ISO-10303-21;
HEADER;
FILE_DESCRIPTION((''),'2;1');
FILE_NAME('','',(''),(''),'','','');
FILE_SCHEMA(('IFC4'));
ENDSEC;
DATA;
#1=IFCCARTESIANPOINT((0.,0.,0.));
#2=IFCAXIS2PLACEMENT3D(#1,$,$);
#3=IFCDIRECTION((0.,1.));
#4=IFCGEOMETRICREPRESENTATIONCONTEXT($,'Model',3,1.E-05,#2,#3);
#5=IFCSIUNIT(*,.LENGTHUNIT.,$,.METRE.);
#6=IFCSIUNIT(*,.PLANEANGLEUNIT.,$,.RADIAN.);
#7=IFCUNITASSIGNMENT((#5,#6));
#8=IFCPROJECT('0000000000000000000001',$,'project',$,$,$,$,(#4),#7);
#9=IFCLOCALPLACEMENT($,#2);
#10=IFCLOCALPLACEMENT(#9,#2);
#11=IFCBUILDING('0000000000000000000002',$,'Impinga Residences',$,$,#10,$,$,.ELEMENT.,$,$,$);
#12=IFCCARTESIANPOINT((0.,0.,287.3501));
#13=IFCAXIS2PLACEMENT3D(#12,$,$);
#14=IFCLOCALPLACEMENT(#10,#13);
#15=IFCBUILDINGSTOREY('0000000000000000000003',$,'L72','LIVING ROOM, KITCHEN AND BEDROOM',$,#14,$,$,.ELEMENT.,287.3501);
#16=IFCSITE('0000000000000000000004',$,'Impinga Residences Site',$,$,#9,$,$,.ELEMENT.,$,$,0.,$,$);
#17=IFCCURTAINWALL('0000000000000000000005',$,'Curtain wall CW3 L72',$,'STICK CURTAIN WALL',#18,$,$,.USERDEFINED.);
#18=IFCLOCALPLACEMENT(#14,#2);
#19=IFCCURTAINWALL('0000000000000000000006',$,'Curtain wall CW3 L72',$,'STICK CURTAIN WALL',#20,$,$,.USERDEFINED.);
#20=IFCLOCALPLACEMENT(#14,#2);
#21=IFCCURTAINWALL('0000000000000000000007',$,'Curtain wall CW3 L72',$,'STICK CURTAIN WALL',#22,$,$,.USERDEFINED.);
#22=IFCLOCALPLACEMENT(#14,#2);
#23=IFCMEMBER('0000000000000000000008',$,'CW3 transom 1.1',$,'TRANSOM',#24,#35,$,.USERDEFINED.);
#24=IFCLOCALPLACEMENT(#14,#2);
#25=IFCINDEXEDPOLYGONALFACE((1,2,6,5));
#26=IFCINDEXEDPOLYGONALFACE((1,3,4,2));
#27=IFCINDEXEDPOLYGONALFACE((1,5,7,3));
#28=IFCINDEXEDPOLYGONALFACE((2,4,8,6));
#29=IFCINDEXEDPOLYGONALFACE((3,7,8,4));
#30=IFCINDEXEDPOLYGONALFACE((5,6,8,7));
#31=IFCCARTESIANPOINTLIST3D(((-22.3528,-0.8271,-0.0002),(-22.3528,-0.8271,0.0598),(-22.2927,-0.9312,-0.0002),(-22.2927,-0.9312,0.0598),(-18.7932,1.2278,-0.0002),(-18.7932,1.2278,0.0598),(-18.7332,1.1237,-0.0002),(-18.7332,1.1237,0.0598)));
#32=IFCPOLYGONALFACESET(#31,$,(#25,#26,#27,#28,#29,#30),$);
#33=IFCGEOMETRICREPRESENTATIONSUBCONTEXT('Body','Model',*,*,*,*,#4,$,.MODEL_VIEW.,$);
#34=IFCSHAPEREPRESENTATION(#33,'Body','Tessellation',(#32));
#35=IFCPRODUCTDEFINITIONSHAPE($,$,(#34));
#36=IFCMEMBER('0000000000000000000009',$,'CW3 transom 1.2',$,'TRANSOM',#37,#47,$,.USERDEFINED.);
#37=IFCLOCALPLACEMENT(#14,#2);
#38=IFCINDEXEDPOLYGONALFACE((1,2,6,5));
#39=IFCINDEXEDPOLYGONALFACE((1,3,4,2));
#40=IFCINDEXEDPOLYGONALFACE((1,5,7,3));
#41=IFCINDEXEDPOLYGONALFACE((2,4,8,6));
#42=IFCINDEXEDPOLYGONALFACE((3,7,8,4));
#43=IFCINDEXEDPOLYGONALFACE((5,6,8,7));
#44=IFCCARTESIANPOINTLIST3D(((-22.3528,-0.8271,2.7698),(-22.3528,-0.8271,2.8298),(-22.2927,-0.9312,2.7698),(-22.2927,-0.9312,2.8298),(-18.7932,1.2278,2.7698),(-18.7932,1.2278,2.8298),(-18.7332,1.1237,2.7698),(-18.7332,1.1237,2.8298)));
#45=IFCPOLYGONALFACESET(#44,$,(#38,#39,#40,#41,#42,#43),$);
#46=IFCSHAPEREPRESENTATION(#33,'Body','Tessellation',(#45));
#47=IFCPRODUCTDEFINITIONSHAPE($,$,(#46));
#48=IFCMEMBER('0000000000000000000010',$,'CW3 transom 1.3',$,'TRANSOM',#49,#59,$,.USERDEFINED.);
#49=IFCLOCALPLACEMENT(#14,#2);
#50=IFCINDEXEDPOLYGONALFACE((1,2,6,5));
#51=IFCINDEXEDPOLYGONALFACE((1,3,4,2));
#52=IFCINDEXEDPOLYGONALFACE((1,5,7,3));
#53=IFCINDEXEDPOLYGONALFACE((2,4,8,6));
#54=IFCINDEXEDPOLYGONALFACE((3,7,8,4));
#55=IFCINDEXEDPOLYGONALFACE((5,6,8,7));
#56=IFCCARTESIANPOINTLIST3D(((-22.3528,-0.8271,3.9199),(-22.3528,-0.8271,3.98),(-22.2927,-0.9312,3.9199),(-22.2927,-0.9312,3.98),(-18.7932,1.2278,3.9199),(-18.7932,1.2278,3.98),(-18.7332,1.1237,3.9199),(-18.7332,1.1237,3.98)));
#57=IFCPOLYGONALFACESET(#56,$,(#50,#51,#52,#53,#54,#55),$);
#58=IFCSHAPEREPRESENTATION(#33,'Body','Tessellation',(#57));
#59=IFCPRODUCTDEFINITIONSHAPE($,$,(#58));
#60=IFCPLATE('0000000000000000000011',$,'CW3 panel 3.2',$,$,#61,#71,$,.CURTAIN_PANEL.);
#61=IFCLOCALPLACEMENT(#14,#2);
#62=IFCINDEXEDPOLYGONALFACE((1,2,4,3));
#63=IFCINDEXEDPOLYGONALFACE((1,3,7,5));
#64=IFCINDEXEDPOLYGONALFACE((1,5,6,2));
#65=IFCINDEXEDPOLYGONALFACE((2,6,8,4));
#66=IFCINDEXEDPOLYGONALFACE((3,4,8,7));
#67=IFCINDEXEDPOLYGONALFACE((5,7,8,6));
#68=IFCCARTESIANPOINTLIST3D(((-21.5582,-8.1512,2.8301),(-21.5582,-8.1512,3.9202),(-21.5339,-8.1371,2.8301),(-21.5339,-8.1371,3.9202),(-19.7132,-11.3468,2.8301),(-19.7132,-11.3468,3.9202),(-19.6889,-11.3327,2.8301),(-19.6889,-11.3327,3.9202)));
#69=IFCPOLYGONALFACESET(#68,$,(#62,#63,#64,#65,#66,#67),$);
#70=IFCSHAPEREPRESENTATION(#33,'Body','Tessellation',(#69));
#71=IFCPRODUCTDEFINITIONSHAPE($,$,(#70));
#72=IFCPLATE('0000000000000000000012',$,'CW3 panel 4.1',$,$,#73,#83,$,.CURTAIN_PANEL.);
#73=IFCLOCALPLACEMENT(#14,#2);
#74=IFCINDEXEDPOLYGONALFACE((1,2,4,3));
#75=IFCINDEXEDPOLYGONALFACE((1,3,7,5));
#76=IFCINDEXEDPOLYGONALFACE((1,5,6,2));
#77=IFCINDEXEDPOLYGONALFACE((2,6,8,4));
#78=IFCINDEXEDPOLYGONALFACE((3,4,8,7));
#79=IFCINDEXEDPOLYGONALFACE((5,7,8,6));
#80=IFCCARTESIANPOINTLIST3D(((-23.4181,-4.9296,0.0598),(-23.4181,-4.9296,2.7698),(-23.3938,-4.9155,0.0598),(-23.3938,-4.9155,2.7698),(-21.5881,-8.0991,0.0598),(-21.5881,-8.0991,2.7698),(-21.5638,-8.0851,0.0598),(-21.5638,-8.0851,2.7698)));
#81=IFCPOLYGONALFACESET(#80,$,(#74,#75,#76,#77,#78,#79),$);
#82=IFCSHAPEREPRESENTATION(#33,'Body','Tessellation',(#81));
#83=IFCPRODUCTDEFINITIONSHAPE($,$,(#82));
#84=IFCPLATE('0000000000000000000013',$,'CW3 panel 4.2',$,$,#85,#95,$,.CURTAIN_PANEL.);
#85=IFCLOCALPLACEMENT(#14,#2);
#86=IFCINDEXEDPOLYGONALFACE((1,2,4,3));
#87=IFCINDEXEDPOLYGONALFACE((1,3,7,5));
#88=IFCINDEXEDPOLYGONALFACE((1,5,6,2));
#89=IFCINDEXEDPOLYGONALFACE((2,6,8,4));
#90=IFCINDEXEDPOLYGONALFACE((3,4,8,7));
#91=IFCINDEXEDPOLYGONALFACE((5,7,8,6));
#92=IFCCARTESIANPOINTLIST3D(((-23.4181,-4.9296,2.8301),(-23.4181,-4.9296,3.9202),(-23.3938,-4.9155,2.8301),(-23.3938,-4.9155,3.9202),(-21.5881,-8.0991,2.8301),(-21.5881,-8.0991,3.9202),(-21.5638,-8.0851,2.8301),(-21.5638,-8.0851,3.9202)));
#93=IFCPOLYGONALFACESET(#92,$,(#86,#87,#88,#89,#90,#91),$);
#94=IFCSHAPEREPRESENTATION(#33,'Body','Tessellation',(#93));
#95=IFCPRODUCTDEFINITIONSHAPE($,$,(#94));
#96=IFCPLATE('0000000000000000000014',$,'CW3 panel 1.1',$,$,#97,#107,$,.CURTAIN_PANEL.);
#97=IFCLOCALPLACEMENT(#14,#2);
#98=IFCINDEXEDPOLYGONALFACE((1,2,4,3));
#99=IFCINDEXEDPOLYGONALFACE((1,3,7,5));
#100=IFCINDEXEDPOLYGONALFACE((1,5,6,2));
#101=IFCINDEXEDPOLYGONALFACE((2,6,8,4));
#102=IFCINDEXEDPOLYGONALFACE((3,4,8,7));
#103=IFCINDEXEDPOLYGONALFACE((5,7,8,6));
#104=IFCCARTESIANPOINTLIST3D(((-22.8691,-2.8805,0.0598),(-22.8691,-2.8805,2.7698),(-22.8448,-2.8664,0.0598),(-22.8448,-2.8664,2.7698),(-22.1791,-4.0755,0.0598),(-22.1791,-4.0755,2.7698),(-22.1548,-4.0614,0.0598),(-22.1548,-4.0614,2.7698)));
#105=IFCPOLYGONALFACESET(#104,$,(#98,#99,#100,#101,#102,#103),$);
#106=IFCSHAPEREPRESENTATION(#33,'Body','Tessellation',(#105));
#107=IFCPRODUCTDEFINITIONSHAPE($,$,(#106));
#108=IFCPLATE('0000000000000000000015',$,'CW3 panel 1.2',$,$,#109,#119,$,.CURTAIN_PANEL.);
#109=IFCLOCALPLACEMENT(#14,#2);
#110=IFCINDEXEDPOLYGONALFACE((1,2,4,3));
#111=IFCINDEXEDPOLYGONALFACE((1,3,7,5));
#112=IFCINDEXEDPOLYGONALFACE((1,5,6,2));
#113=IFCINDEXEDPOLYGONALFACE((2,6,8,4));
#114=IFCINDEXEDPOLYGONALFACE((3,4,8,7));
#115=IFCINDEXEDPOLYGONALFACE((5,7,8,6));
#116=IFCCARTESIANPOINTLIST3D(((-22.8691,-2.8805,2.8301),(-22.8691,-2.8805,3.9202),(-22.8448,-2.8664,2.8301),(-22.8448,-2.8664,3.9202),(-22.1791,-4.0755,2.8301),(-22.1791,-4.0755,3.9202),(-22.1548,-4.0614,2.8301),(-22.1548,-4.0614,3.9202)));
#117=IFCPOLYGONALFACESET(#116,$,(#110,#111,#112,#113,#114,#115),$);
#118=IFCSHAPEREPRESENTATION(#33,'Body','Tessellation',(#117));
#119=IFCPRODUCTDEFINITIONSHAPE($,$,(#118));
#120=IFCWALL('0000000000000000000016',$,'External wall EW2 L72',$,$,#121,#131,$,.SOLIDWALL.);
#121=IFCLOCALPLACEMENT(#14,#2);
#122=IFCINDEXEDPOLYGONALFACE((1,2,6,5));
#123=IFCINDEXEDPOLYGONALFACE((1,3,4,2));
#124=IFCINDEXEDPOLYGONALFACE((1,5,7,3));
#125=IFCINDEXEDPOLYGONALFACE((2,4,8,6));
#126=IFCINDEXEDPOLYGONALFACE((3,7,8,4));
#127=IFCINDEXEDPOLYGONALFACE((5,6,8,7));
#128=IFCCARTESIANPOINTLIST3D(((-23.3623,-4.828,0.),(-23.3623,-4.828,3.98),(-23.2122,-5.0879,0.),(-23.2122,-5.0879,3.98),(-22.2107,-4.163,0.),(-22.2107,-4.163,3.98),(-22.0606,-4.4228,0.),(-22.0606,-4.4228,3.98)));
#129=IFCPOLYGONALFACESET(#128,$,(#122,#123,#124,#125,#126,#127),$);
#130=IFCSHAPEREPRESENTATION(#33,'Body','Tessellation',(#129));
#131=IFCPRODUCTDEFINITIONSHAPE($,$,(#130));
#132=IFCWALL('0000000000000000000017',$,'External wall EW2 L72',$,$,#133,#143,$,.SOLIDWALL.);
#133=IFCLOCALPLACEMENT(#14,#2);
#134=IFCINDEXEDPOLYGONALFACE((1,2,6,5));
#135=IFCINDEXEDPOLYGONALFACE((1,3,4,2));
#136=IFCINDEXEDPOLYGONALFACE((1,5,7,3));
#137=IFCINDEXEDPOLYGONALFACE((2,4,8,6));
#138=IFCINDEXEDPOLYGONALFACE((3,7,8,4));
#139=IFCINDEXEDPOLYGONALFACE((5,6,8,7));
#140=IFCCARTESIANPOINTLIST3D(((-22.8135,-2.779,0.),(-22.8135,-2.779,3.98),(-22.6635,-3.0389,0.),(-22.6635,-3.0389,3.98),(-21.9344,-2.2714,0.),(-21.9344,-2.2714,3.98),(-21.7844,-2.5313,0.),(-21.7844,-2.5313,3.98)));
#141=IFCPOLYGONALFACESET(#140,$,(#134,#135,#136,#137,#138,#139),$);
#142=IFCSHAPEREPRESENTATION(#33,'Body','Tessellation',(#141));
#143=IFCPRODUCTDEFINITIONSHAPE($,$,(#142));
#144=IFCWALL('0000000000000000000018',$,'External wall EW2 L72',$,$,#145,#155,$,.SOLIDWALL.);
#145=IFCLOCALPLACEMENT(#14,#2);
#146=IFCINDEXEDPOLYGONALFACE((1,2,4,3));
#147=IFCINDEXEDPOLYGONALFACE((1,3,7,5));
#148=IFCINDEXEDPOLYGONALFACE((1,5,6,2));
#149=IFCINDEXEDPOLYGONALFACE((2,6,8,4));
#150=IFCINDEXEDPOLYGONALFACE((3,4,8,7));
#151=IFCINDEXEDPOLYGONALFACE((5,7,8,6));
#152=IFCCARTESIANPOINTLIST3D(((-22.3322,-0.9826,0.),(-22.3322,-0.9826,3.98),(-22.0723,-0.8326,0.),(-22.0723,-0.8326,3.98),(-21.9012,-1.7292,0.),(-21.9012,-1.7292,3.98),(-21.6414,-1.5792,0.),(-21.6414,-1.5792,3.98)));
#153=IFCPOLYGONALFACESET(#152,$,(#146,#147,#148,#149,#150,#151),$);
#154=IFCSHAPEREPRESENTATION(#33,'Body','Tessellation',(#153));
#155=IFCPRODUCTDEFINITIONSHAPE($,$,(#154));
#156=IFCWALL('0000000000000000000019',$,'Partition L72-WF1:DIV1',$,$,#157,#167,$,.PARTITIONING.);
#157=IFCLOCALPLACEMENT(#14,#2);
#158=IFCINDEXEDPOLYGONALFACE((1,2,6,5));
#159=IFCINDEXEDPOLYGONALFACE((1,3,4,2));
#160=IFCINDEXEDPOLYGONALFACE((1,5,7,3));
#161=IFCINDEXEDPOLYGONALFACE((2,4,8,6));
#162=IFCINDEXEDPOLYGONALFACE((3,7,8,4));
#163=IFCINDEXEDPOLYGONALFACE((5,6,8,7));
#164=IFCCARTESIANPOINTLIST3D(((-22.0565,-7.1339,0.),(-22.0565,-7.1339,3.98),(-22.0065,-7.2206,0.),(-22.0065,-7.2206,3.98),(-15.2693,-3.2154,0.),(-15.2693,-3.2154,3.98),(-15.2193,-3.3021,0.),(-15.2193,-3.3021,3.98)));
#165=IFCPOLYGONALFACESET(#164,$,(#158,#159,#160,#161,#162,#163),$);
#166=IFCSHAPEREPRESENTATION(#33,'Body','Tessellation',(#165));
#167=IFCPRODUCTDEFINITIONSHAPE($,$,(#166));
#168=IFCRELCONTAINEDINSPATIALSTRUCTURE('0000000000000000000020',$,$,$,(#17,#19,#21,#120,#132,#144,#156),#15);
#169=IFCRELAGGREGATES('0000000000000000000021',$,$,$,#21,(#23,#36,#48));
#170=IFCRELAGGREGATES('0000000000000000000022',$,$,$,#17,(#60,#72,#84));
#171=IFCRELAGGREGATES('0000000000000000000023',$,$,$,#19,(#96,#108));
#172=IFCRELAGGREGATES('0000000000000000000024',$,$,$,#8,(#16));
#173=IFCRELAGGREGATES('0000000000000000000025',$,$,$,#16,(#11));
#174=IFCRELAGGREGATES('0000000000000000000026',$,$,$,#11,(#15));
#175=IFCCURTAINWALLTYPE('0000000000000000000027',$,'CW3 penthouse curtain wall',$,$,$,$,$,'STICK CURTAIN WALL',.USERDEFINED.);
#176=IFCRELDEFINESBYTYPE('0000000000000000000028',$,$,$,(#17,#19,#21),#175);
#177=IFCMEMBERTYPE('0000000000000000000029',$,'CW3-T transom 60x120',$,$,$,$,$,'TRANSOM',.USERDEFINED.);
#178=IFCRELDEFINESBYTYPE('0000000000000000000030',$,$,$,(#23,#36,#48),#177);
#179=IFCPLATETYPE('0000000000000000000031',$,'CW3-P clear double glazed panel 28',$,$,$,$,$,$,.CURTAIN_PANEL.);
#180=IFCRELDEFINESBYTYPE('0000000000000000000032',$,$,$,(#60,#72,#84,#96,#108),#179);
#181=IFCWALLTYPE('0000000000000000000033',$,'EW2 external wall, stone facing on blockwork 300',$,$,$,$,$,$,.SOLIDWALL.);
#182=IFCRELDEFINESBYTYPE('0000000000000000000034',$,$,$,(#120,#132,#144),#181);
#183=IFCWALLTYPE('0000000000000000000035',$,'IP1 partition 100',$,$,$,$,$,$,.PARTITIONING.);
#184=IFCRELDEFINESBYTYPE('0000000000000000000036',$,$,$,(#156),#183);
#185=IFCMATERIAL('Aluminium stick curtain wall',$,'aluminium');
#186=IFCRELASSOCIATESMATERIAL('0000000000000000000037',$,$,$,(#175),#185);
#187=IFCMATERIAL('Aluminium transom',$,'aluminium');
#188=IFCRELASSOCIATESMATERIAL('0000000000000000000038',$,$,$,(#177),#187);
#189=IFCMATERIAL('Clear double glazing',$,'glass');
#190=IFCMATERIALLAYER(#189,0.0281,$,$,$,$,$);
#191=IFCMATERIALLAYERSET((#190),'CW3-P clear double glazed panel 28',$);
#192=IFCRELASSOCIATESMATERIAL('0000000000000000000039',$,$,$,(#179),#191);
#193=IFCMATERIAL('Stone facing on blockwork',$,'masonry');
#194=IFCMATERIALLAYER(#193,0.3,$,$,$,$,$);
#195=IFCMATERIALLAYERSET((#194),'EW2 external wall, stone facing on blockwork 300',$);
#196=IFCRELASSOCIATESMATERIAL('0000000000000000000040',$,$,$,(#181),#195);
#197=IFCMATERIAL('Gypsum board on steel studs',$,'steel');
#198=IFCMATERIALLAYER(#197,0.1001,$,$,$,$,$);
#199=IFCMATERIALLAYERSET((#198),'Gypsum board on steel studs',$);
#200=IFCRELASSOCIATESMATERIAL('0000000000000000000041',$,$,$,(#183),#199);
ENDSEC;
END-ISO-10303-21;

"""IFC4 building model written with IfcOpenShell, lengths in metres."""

from ifc_helpers import new_model, si_unit, direction, frame, frame_2d, origin, origin_2d, place, context, subcontext, project, spatial, rectangle, extrude, material, layer, layer_set, material_profile, profile_set, type_object, element, aggregate, save


model = new_model("IFC4")

# Units and contexts
model_context = context("Model", 3, precision=1e-05, world=origin(), true_north=direction((0.0, 1.0)))
body_context = subcontext(model_context, "Body", "Model", "MODEL_VIEW")
ifc_project = project(units=[si_unit("LENGTHUNIT", "METRE"), si_unit("PLANEANGLEUNIT", "RADIAN")], contexts=[model_context])

# Site, building, storey
site_placement = place(None, origin())
site = spatial("IfcSite", under=ifc_project, at=site_placement, Name="Impinga Residences Site", CompositionType="ELEMENT", RefElevation=0.0)
building_placement = place(site_placement, origin())
building = spatial("IfcBuilding", under=site, at=building_placement, Name="Impinga Residences", CompositionType="ELEMENT")
storey_placement = place(building_placement, frame((0.0, 0.0, 287.3501)))
storey = spatial("IfcBuildingStorey", under=building, at=storey_placement, Name="L72", Description="LIVING ROOM, KITCHEN AND BEDROOM", CompositionType="ELEMENT", Elevation=287.3501)

# Curtain walls
ifc_material_1 = material(Name="Aluminium stick curtain wall", Category="aluminium")
curtain_wall_type = type_object("IfcCurtainWallType", Name="CW3 penthouse curtain wall", ElementType="STICK CURTAIN WALL", PredefinedType="USERDEFINED", material=ifc_material_1)
curtain_wall_1_placement = place(storey_placement, origin())
curtain_wall_1 = element("IfcCurtainWall", 1, at=curtain_wall_1_placement, inside=storey, type_object=curtain_wall_type, Name="Curtain wall CW3 L72", ObjectType="STICK CURTAIN WALL", PredefinedType="USERDEFINED")
curtain_wall_2_placement = place(storey_placement, origin())
curtain_wall_2 = element("IfcCurtainWall", 2, at=curtain_wall_2_placement, inside=storey, type_object=curtain_wall_type, Name="Curtain wall CW3 L72", ObjectType="STICK CURTAIN WALL", PredefinedType="USERDEFINED")

# Curtain wall
curtain_wall_3_placement = place(storey_placement, origin())
curtain_wall_3 = element("IfcCurtainWall", 3, at=curtain_wall_3_placement, inside=storey, type_object=curtain_wall_type, Name="Curtain wall CW3 L72", ObjectType="STICK CURTAIN WALL", PredefinedType="USERDEFINED")

# Members
ifc_material_2 = material(Name="Aluminium transom", Category="aluminium")
ifc_material_profile_1 = material_profile(ifc_material_2, rectangle(XDim=0.0601, YDim=0.1201, at=origin_2d()), Name="60x120 transom")
ifc_profile_set_1 = profile_set([ifc_material_profile_1], Name="Aluminium transom")
member_type_1 = type_object("IfcMemberType", Name="CW3-T transom 60x120", ElementType="TRANSOM", PredefinedType="USERDEFINED", material=ifc_profile_set_1)
member_1_placement = place(storey_placement, frame((-22.3228, -0.8792, 0.0298), z_axis=(0.866045, 0.499966, 0.0), x_axis=(0.0, 0.0, 1.0)))
member_1 = element("IfcMember", 4, at=member_1_placement, type_object=member_type_1, Name="CW3 transom 1.1", ObjectType="TRANSOM", PredefinedType="USERDEFINED", context=body_context, shape_type="SweptSolid", body=[
    extrude(rectangle(XDim=0.0601, YDim=0.1201, at=origin_2d()), origin(), (0.0, 0.0, 1.0), 4.1101),
])
member_2_placement = place(storey_placement, frame((-22.3228, -0.8792, 2.7998), z_axis=(0.866045, 0.499966, 0.0), x_axis=(0.0, 0.0, 1.0)))
member_2 = element("IfcMember", 5, at=member_2_placement, type_object=member_type_1, Name="CW3 transom 1.2", ObjectType="TRANSOM", PredefinedType="USERDEFINED", context=body_context, shape_type="SweptSolid", body=[
    extrude(rectangle(XDim=0.0601, YDim=0.1201, at=origin_2d()), origin(), (0.0, 0.0, 1.0), 4.1101),
])
member_3_placement = place(storey_placement, frame((-22.3228, -0.8792, 3.95), z_axis=(0.866045, 0.499966, 0.0), x_axis=(0.0, 0.0, 1.0)))
member_3 = element("IfcMember", 6, at=member_3_placement, type_object=member_type_1, Name="CW3 transom 1.3", ObjectType="TRANSOM", PredefinedType="USERDEFINED", context=body_context, shape_type="SweptSolid", body=[
    extrude(rectangle(XDim=0.0601, YDim=0.1201, at=origin_2d()), origin(), (0.0, 0.0, 1.0), 4.1101),
])
aggregate(curtain_wall_3, [member_1, member_2, member_3])

# Plates
ifc_material_3 = material(Name="Clear double glazing", Category="glass")
ifc_layer_1 = layer(ifc_material_3, 0.0281)
ifc_layer_set_1 = layer_set([ifc_layer_1], Name="CW3-P clear double glazed panel 28")
plate_type = type_object("IfcPlateType", Name="CW3-P clear double glazed panel 28", PredefinedType="CURTAIN_PANEL", material=ifc_layer_set_1)
plate_1_placement = place(storey_placement, frame((-20.6235, -9.7419, 2.8301), z_axis=(0.0, 0.0, 1.0), x_axis=(-0.5, 0.866025, 0.0)))
plate_1 = element("IfcPlate", 7, at=plate_1_placement, type_object=plate_type, Name="CW3 panel 3.2", PredefinedType="CURTAIN_PANEL", context=body_context, shape_type="SweptSolid", body=[
    extrude(rectangle(XDim=3.6899, YDim=0.0281, at=origin_2d()), origin(), (0.0, 0.0, 1.0), 1.0901),
])
plate_2_placement = place(storey_placement, frame((-22.491, -6.5073, 0.0598), z_axis=(0.0, 0.0, 1.0), x_axis=(-0.5, 0.866025, 0.0)))
plate_2 = element("IfcPlate", 8, at=plate_2_placement, type_object=plate_type, Name="CW3 panel 4.1", PredefinedType="CURTAIN_PANEL", context=body_context, shape_type="SweptSolid", body=[
    extrude(rectangle(XDim=3.6599, YDim=0.0281, at=origin_2d()), origin(), (0.0, 0.0, 1.0), 2.71),
])
plate_3_placement = place(storey_placement, frame((-22.491, -6.5073, 2.8301), z_axis=(0.0, 0.0, 1.0), x_axis=(-0.5, 0.866025, 0.0)))
plate_3 = element("IfcPlate", 9, at=plate_3_placement, type_object=plate_type, Name="CW3 panel 4.2", PredefinedType="CURTAIN_PANEL", context=body_context, shape_type="SweptSolid", body=[
    extrude(rectangle(XDim=3.6599, YDim=0.0281, at=origin_2d()), origin(), (0.0, 0.0, 1.0), 1.0901),
])
aggregate(curtain_wall_1, [plate_1, plate_2, plate_3])
plate_4_placement = place(storey_placement, frame((-22.512, -3.4709, 0.0598), z_axis=(0.0, 0.0, 1.0), x_axis=(-0.5, 0.866025, 0.0)))
plate_4 = element("IfcPlate", 10, at=plate_4_placement, type_object=plate_type, Name="CW3 panel 1.1", PredefinedType="CURTAIN_PANEL", context=body_context, shape_type="SweptSolid", body=[
    extrude(rectangle(XDim=1.3799, YDim=0.0281, at=origin_2d()), origin(), (0.0, 0.0, 1.0), 2.71),
])
plate_5_placement = place(storey_placement, frame((-22.512, -3.4709, 2.8301), z_axis=(0.0, 0.0, 1.0), x_axis=(-0.5, 0.866025, 0.0)))
plate_5 = element("IfcPlate", 11, at=plate_5_placement, type_object=plate_type, Name="CW3 panel 1.2", PredefinedType="CURTAIN_PANEL", context=body_context, shape_type="SweptSolid", body=[
    extrude(rectangle(XDim=1.3799, YDim=0.0281, at=origin_2d()), origin(), (0.0, 0.0, 1.0), 1.0901),
])
aggregate(curtain_wall_2, [plate_4, plate_5])

# Walls
ifc_material_4 = material(Name="Stone facing on blockwork", Category="masonry")
ifc_layer_2 = layer(ifc_material_4, 0.3)
ifc_layer_set_2 = layer_set([ifc_layer_2], Name="EW2 external wall, stone facing on blockwork 300")
wall_type_1 = type_object("IfcWallType", Name="EW2 external wall, stone facing on blockwork 300", PredefinedType="SOLIDWALL", material=ifc_layer_set_2)
wall_1_placement = place(storey_placement, frame((-23.2874, -4.958, 0.0), z_axis=(0.0, 0.0, 1.0), x_axis=(0.865975, 0.500088, 0.0)))
element("IfcWall", 12, at=wall_1_placement, inside=storey, type_object=wall_type_1, Name="External wall EW2 L72", PredefinedType="SOLIDWALL", context=body_context, shape_type="SweptSolid", body=[
    extrude(rectangle(XDim=1.3298, YDim=0.3, at=frame_2d((0.665, 0.0))), origin(), (0.0, 0.0, 1.0), 3.98),
])
wall_2_placement = place(storey_placement, frame((-22.7385, -2.9089, 0.0), z_axis=(0.0, 0.0, 1.0), x_axis=(0.866029, 0.499993, 0.0)))
element("IfcWall", 13, at=wall_2_placement, inside=storey, type_object=wall_type_1, Name="External wall EW2 L72", PredefinedType="SOLIDWALL", context=body_context, shape_type="SweptSolid", body=[
    extrude(rectangle(XDim=1.0151, YDim=0.3, at=frame_2d((0.5076, 0.0))), origin(), (0.0, 0.0, 1.0), 3.98),
])
wall_3_placement = place(storey_placement, frame((-21.7712, -1.6543, 0.0), z_axis=(0.0, 0.0, 1.0), x_axis=(-0.499886, 0.866091, 0.0)))
element("IfcWall", 14, at=wall_3_placement, inside=storey, type_object=wall_type_1, Name="External wall EW2 L72", PredefinedType="SOLIDWALL", context=body_context, shape_type="SweptSolid", body=[
    extrude(rectangle(XDim=0.8621, YDim=0.3, at=frame_2d((0.4312, 0.0))), origin(), (0.0, 0.0, 1.0), 3.98),
])
ifc_material_5 = material(Name="Gypsum board on steel studs", Category="steel")
ifc_layer_3 = layer(ifc_material_5, 0.1001)
ifc_layer_set_3 = layer_set([ifc_layer_3], Name="Gypsum board on steel studs")
wall_type_2 = type_object("IfcWallType", Name="IP1 partition 100", PredefinedType="PARTITIONING", material=ifc_layer_set_3)
wall_4_placement = place(storey_placement, frame((-15.2444, -3.2588, 0.0), z_axis=(0.0, 0.0, 1.0), x_axis=(-0.86603, -0.499992, 0.0)))
element("IfcWall", 15, at=wall_4_placement, inside=storey, type_object=wall_type_2, Name="Partition L72-WF1:DIV1", PredefinedType="PARTITIONING", context=body_context, shape_type="SweptSolid", body=[
    extrude(rectangle(XDim=7.8372, YDim=0.1001, at=frame_2d((3.9185, 0.0))), origin(), (0.0, 0.0, 1.0), 3.98),
])

save(model, "model.ifc")
